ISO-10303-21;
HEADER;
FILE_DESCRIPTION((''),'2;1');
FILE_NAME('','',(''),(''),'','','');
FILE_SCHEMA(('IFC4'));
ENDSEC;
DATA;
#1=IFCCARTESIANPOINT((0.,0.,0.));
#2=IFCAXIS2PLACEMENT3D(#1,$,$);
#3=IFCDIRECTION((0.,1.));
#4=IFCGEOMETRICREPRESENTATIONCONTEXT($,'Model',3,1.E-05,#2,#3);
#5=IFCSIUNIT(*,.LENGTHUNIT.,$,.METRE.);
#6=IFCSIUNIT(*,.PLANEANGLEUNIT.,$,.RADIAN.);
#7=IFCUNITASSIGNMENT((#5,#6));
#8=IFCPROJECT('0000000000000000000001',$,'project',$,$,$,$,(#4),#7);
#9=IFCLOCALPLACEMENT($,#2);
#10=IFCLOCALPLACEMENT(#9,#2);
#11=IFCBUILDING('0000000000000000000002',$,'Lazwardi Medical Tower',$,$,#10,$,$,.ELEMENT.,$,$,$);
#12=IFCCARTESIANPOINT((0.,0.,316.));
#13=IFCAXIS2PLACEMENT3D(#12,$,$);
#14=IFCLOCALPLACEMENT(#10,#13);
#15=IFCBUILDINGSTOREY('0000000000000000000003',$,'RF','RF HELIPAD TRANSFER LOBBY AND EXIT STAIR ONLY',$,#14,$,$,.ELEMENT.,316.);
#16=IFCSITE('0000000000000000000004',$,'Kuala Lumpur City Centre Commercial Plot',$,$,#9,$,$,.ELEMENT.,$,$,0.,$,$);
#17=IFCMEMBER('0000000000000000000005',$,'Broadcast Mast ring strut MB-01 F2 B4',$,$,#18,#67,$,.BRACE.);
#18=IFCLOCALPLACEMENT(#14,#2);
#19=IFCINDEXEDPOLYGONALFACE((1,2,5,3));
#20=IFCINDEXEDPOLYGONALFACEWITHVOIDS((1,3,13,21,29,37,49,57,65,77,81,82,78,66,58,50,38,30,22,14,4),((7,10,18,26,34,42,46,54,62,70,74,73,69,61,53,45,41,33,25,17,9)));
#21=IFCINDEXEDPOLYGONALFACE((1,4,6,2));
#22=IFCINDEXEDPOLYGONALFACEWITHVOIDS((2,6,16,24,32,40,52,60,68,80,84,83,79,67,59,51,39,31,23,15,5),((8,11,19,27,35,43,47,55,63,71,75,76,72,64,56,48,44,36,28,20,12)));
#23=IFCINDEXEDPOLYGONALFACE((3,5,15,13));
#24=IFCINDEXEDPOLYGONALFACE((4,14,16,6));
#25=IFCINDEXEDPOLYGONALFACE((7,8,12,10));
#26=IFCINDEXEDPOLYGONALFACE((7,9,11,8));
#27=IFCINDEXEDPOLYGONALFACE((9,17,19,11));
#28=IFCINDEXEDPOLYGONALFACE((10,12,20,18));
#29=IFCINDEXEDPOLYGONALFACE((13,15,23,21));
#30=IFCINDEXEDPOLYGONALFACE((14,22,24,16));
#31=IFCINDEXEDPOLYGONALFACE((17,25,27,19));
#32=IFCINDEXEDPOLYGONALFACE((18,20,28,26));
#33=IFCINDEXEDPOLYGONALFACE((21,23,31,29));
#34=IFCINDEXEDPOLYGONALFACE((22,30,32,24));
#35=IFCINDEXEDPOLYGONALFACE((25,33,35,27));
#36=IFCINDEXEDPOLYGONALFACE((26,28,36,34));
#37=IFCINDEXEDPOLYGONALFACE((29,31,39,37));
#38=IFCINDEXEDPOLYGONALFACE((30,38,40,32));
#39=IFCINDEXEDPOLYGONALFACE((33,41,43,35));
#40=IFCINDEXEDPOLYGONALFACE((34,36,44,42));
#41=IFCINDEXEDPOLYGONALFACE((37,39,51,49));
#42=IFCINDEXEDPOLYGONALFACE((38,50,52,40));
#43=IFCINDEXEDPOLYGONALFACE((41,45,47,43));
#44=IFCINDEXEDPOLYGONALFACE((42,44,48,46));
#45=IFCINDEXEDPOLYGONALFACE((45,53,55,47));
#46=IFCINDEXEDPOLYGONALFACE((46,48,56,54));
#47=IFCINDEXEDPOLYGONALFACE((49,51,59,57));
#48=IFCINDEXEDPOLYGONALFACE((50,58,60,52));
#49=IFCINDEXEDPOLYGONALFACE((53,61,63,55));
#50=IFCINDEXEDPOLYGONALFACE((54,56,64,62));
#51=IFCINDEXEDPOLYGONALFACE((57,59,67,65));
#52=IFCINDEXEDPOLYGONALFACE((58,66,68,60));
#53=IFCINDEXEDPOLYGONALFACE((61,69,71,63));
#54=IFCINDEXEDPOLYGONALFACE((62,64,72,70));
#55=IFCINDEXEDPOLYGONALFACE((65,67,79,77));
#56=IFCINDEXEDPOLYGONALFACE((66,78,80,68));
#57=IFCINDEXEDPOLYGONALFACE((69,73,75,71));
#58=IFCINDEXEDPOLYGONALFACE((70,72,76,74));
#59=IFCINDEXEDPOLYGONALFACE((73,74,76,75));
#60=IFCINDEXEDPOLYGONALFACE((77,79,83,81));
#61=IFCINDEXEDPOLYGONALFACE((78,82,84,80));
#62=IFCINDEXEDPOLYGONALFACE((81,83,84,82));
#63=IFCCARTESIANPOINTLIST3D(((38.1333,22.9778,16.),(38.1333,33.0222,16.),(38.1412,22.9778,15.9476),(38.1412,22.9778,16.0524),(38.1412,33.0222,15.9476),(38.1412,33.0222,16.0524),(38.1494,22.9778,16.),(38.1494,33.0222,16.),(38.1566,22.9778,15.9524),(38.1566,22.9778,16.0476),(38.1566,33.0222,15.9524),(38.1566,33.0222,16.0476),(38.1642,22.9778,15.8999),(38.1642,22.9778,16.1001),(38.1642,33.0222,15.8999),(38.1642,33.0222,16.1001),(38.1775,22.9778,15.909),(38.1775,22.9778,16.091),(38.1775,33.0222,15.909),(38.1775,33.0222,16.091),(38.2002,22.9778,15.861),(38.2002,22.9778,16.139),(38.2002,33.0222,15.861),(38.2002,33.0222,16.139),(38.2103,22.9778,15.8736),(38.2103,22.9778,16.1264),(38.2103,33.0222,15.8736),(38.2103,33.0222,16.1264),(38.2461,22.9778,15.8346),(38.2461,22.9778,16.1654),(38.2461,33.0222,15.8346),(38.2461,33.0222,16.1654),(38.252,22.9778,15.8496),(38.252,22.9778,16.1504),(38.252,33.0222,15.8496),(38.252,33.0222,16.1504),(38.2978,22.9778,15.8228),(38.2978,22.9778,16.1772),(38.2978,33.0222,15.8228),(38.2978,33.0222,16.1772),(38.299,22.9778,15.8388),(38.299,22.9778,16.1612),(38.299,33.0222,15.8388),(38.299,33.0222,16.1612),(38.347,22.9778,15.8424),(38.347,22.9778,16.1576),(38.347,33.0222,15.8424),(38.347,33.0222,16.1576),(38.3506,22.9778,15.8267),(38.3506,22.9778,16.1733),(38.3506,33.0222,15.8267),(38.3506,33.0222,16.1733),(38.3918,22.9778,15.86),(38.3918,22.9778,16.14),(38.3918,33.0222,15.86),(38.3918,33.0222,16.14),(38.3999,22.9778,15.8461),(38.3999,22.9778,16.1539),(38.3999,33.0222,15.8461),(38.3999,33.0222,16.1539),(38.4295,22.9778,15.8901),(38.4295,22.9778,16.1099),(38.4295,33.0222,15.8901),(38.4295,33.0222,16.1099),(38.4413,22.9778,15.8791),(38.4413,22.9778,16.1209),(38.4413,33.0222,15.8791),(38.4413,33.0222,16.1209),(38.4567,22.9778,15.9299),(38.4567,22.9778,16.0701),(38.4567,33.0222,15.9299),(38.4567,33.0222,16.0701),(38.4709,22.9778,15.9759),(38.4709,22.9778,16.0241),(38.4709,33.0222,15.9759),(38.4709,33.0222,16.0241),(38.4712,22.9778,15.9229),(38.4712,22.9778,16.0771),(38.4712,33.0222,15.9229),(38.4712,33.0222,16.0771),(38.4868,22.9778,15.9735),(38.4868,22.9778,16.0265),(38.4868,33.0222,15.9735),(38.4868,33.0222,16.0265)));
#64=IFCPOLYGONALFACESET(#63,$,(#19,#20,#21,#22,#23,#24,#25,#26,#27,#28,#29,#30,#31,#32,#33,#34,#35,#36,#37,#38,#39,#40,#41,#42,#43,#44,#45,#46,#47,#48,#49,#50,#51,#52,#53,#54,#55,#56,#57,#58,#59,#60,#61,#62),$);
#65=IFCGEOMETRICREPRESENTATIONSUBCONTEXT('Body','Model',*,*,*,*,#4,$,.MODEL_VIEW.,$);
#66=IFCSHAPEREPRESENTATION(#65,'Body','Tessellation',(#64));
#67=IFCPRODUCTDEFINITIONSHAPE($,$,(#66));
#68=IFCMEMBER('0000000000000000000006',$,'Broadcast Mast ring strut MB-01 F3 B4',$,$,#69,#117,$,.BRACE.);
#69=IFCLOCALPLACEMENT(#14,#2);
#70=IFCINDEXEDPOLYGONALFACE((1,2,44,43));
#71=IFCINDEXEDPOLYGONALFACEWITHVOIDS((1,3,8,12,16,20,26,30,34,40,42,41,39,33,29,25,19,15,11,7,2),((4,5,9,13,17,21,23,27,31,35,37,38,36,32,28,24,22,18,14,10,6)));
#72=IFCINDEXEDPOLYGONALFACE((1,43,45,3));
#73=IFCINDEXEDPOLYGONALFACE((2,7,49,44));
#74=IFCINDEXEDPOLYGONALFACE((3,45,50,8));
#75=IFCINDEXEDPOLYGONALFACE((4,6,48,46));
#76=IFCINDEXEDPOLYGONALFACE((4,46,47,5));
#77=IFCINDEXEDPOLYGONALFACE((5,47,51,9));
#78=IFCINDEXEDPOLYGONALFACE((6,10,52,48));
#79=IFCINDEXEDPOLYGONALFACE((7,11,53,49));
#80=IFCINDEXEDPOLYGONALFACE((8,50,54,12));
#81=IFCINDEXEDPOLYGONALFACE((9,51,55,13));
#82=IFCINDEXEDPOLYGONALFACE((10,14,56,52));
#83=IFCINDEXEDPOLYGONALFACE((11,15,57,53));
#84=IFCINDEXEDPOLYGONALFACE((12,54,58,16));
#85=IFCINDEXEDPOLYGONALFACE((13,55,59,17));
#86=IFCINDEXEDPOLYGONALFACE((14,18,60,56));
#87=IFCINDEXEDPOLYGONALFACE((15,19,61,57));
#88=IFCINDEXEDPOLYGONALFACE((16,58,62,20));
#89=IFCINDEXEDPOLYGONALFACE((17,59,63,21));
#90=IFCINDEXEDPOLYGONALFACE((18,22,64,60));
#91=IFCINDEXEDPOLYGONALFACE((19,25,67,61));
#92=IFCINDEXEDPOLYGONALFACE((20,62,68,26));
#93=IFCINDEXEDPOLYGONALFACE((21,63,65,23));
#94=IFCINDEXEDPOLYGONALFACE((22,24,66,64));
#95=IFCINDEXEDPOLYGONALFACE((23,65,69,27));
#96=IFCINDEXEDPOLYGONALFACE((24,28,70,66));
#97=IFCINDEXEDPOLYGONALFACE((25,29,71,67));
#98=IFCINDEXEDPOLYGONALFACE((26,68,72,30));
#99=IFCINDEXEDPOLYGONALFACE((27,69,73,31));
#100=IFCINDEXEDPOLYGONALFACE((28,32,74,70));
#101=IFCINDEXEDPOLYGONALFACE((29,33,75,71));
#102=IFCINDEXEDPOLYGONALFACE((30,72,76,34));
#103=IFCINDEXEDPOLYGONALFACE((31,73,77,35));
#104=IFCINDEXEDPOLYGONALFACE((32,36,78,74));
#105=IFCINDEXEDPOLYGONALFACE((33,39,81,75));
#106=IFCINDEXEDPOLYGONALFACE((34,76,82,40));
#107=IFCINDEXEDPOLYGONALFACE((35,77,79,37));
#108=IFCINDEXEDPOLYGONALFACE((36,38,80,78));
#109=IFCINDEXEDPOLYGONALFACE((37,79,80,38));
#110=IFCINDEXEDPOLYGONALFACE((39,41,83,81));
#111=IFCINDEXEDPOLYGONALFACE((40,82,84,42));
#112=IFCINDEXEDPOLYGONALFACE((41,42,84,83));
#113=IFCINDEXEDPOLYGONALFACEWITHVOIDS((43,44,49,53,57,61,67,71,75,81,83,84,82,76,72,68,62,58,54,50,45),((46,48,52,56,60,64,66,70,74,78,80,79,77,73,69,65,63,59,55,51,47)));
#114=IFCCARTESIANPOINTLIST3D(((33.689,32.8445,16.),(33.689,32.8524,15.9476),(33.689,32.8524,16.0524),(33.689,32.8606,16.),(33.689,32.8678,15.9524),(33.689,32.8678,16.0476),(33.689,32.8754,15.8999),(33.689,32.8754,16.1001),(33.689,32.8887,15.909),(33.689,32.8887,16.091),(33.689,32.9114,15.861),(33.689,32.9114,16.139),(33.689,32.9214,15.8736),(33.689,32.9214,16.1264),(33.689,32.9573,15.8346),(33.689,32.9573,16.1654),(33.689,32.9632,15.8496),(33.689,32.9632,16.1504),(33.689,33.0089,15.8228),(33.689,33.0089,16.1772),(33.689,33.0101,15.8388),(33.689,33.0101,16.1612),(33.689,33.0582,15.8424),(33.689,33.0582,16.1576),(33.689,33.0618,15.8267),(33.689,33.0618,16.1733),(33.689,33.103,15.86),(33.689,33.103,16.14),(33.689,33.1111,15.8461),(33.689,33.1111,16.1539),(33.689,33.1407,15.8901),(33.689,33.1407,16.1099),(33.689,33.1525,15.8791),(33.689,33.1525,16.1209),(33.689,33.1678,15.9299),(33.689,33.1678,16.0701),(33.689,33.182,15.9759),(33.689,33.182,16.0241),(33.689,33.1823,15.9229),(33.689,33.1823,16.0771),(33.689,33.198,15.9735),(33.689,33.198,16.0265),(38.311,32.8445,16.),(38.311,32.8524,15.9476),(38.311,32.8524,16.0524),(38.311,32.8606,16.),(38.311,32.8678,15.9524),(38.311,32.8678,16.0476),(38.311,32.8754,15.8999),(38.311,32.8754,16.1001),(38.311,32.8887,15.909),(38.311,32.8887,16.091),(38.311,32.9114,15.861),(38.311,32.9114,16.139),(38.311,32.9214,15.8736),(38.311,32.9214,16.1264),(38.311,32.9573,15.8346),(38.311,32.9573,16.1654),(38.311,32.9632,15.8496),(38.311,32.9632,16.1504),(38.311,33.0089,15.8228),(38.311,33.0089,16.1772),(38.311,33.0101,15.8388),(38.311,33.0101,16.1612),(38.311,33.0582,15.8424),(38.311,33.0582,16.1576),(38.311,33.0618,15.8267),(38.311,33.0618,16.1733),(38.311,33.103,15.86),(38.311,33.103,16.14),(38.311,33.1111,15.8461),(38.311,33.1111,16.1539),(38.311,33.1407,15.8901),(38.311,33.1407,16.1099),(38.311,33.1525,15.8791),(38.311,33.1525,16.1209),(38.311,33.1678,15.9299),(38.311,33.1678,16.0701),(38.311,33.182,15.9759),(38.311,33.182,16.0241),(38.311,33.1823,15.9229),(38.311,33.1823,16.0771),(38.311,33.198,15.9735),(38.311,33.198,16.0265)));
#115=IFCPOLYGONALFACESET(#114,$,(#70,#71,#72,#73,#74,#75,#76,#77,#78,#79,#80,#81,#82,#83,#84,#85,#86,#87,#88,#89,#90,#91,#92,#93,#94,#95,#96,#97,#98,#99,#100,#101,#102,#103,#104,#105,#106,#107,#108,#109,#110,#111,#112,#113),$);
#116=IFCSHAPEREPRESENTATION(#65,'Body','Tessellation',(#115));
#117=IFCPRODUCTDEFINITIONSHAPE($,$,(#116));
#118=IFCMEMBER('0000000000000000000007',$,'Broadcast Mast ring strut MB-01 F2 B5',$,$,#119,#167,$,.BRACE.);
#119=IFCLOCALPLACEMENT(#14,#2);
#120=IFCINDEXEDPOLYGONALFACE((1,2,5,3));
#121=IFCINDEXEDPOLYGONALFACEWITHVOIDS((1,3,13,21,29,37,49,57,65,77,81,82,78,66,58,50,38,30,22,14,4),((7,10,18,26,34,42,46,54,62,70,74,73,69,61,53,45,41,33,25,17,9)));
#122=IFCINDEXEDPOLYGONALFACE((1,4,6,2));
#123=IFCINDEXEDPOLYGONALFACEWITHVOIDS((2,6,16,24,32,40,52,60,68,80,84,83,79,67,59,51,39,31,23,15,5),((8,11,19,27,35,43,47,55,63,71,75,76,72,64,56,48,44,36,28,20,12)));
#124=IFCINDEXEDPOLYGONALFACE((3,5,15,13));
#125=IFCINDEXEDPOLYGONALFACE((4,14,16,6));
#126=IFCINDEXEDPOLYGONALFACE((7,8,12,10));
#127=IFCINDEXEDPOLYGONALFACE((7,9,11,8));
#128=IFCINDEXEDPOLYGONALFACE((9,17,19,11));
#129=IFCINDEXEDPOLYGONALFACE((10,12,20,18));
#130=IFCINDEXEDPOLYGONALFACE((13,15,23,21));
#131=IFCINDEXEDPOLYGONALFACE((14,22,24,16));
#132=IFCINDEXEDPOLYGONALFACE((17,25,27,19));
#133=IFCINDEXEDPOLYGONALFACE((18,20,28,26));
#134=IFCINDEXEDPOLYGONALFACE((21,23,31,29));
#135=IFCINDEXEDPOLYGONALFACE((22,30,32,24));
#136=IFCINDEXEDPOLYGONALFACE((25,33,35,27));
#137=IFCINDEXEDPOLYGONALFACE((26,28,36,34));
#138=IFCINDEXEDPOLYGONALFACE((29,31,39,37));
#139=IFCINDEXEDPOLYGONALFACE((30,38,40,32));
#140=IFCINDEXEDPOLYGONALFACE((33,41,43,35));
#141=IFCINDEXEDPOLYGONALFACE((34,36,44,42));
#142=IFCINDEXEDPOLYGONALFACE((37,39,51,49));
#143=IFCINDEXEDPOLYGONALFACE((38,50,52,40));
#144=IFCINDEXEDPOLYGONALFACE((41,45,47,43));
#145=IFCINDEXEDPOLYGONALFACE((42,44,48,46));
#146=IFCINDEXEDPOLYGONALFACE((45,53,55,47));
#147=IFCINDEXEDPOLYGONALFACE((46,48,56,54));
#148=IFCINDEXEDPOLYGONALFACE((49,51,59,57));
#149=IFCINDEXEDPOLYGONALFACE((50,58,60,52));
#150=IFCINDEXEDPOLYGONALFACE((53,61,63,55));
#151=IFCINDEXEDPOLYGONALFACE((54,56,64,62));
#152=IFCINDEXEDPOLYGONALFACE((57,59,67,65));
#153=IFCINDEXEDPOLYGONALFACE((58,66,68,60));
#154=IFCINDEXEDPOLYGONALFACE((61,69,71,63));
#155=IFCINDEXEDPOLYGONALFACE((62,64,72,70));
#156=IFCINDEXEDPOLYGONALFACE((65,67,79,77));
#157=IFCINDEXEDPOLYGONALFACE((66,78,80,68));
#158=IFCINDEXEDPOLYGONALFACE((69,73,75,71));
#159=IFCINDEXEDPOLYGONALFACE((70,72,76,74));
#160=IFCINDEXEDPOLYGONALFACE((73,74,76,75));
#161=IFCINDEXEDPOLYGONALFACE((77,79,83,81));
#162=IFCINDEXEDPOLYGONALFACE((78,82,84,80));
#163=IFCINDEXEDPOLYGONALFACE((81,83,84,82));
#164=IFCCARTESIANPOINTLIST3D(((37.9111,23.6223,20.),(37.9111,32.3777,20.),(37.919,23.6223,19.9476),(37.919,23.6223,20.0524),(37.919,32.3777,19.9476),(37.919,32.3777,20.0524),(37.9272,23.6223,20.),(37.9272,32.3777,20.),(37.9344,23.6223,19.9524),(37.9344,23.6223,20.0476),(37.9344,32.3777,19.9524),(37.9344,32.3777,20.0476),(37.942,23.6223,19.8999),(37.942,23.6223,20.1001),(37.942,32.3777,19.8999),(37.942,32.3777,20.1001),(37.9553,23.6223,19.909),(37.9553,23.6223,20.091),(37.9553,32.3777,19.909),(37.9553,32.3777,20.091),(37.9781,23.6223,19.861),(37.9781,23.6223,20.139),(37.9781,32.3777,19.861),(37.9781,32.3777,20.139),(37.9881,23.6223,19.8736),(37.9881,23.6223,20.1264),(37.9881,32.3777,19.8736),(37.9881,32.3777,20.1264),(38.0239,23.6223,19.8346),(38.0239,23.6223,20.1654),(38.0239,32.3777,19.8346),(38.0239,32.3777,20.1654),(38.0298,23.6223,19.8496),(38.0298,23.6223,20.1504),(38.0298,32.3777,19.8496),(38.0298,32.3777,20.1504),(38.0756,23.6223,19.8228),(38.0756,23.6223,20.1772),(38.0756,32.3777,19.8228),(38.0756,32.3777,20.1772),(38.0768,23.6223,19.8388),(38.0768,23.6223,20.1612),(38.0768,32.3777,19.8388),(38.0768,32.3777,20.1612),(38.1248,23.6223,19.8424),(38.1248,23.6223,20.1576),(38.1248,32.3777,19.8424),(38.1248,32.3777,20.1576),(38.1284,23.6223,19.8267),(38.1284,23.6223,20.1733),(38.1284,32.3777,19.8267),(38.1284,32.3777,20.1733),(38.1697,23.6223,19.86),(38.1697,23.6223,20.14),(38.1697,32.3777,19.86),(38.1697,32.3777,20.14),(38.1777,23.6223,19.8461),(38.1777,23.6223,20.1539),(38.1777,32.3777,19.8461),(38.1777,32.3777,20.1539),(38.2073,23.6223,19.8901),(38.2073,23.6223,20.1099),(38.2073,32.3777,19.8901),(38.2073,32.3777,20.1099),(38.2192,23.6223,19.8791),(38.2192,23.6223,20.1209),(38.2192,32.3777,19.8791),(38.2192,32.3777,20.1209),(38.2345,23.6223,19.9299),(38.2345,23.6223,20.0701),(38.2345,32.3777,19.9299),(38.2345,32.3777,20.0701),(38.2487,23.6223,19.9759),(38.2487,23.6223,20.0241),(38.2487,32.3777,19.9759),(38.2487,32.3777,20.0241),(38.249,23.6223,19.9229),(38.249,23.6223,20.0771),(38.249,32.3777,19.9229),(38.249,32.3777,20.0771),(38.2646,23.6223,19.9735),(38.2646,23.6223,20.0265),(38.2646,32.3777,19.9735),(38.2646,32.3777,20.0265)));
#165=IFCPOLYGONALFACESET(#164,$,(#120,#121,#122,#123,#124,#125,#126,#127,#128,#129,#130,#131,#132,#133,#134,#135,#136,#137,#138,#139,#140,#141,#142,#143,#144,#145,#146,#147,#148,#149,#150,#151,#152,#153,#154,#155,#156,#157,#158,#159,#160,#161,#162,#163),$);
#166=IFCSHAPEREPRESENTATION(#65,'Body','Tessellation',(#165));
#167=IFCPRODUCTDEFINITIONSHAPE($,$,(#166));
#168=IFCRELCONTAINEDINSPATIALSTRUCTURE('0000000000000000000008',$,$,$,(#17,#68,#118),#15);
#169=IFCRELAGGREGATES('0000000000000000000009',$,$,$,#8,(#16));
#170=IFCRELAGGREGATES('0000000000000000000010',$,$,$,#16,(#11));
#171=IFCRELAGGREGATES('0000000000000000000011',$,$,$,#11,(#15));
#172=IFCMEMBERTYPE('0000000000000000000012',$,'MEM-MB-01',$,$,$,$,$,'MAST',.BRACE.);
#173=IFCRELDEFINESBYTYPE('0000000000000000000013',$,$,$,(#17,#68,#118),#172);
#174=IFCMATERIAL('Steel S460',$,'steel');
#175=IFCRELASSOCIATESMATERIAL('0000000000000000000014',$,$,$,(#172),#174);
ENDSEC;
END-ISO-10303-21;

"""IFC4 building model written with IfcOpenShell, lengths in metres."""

from ifc_helpers import new_model, si_unit, direction, frame, origin, origin_2d, place, context, subcontext, project, spatial, hollow_circle, extrude, material, material_profile, profile_set, type_object, element, save


model = new_model("IFC4")

# Units and contexts
model_context = context("Model", 3, precision=1e-05, world=origin(), true_north=direction((0.0, 1.0)))
body_context = subcontext(model_context, "Body", "Model", "MODEL_VIEW")
ifc_project = project(units=[si_unit("LENGTHUNIT", "METRE"), si_unit("PLANEANGLEUNIT", "RADIAN")], contexts=[model_context])

# Site, building, storey
site_placement = place(None, origin())
site = spatial("IfcSite", under=ifc_project, at=site_placement, Name="Kuala Lumpur City Centre Commercial Plot", CompositionType="ELEMENT", RefElevation=0.0)
building_placement = place(site_placement, origin())
building = spatial("IfcBuilding", under=site, at=building_placement, Name="Lazwardi Medical Tower", CompositionType="ELEMENT")
storey_placement = place(building_placement, frame((0.0, 0.0, 316.0)))
storey = spatial("IfcBuildingStorey", under=building, at=storey_placement, Name="RF", Description="RF HELIPAD TRANSFER LOBBY AND EXIT STAIR ONLY", CompositionType="ELEMENT", Elevation=316.0)

# Members
ifc_material = material(Name="Steel S460", Category="steel")
ifc_material_profile_1 = material_profile(ifc_material, hollow_circle(Radius=0.1777, WallThickness=0.0161, at=origin_2d()), Name="CHS 355.6x16")
ifc_profile_set_1 = profile_set([ifc_material_profile_1], Name="Steel S460")
member_type_1 = type_object("IfcMemberType", Name="MEM-MB-01", ElementType="MAST", PredefinedType="BRACE", material=ifc_profile_set_1)
member_1_placement = place(storey_placement, frame((38.311, 22.9778, 16.0), z_axis=(0.0, 1.0, 0.0), x_axis=(-1.0, 0.0, 0.0)))
element("IfcMember", 1, at=member_1_placement, inside=storey, type_object=member_type_1, Name="Broadcast Mast ring strut MB-01 F2 B4", PredefinedType="BRACE", context=body_context, shape_type="SweptSolid", body=[
    extrude(hollow_circle(Radius=0.1777, WallThickness=0.0161, at=origin_2d()), origin(), (0.0, 0.0, 1.0), 10.0444),
])
member_2_placement = place(storey_placement, frame((38.311, 33.0222, 16.0), z_axis=(-1.0, 0.0, 0.0), x_axis=(0.0, -1.0, 0.0)))
element("IfcMember", 2, at=member_2_placement, inside=storey, type_object=member_type_1, Name="Broadcast Mast ring strut MB-01 F3 B4", PredefinedType="BRACE", context=body_context, shape_type="SweptSolid", body=[
    extrude(hollow_circle(Radius=0.1777, WallThickness=0.0161, at=origin_2d()), origin(), (0.0, 0.0, 1.0), 4.6221),
])
member_3_placement = place(storey_placement, frame((38.0889, 23.6223, 20.0), z_axis=(0.0, 1.0, 0.0), x_axis=(-1.0, 0.0, 0.0)))
element("IfcMember", 3, at=member_3_placement, inside=storey, type_object=member_type_1, Name="Broadcast Mast ring strut MB-01 F2 B5", PredefinedType="BRACE", context=body_context, shape_type="SweptSolid", body=[
    extrude(hollow_circle(Radius=0.1777, WallThickness=0.0161, at=origin_2d()), origin(), (0.0, 0.0, 1.0), 8.7554),
])

save(model, "model.ifc")
